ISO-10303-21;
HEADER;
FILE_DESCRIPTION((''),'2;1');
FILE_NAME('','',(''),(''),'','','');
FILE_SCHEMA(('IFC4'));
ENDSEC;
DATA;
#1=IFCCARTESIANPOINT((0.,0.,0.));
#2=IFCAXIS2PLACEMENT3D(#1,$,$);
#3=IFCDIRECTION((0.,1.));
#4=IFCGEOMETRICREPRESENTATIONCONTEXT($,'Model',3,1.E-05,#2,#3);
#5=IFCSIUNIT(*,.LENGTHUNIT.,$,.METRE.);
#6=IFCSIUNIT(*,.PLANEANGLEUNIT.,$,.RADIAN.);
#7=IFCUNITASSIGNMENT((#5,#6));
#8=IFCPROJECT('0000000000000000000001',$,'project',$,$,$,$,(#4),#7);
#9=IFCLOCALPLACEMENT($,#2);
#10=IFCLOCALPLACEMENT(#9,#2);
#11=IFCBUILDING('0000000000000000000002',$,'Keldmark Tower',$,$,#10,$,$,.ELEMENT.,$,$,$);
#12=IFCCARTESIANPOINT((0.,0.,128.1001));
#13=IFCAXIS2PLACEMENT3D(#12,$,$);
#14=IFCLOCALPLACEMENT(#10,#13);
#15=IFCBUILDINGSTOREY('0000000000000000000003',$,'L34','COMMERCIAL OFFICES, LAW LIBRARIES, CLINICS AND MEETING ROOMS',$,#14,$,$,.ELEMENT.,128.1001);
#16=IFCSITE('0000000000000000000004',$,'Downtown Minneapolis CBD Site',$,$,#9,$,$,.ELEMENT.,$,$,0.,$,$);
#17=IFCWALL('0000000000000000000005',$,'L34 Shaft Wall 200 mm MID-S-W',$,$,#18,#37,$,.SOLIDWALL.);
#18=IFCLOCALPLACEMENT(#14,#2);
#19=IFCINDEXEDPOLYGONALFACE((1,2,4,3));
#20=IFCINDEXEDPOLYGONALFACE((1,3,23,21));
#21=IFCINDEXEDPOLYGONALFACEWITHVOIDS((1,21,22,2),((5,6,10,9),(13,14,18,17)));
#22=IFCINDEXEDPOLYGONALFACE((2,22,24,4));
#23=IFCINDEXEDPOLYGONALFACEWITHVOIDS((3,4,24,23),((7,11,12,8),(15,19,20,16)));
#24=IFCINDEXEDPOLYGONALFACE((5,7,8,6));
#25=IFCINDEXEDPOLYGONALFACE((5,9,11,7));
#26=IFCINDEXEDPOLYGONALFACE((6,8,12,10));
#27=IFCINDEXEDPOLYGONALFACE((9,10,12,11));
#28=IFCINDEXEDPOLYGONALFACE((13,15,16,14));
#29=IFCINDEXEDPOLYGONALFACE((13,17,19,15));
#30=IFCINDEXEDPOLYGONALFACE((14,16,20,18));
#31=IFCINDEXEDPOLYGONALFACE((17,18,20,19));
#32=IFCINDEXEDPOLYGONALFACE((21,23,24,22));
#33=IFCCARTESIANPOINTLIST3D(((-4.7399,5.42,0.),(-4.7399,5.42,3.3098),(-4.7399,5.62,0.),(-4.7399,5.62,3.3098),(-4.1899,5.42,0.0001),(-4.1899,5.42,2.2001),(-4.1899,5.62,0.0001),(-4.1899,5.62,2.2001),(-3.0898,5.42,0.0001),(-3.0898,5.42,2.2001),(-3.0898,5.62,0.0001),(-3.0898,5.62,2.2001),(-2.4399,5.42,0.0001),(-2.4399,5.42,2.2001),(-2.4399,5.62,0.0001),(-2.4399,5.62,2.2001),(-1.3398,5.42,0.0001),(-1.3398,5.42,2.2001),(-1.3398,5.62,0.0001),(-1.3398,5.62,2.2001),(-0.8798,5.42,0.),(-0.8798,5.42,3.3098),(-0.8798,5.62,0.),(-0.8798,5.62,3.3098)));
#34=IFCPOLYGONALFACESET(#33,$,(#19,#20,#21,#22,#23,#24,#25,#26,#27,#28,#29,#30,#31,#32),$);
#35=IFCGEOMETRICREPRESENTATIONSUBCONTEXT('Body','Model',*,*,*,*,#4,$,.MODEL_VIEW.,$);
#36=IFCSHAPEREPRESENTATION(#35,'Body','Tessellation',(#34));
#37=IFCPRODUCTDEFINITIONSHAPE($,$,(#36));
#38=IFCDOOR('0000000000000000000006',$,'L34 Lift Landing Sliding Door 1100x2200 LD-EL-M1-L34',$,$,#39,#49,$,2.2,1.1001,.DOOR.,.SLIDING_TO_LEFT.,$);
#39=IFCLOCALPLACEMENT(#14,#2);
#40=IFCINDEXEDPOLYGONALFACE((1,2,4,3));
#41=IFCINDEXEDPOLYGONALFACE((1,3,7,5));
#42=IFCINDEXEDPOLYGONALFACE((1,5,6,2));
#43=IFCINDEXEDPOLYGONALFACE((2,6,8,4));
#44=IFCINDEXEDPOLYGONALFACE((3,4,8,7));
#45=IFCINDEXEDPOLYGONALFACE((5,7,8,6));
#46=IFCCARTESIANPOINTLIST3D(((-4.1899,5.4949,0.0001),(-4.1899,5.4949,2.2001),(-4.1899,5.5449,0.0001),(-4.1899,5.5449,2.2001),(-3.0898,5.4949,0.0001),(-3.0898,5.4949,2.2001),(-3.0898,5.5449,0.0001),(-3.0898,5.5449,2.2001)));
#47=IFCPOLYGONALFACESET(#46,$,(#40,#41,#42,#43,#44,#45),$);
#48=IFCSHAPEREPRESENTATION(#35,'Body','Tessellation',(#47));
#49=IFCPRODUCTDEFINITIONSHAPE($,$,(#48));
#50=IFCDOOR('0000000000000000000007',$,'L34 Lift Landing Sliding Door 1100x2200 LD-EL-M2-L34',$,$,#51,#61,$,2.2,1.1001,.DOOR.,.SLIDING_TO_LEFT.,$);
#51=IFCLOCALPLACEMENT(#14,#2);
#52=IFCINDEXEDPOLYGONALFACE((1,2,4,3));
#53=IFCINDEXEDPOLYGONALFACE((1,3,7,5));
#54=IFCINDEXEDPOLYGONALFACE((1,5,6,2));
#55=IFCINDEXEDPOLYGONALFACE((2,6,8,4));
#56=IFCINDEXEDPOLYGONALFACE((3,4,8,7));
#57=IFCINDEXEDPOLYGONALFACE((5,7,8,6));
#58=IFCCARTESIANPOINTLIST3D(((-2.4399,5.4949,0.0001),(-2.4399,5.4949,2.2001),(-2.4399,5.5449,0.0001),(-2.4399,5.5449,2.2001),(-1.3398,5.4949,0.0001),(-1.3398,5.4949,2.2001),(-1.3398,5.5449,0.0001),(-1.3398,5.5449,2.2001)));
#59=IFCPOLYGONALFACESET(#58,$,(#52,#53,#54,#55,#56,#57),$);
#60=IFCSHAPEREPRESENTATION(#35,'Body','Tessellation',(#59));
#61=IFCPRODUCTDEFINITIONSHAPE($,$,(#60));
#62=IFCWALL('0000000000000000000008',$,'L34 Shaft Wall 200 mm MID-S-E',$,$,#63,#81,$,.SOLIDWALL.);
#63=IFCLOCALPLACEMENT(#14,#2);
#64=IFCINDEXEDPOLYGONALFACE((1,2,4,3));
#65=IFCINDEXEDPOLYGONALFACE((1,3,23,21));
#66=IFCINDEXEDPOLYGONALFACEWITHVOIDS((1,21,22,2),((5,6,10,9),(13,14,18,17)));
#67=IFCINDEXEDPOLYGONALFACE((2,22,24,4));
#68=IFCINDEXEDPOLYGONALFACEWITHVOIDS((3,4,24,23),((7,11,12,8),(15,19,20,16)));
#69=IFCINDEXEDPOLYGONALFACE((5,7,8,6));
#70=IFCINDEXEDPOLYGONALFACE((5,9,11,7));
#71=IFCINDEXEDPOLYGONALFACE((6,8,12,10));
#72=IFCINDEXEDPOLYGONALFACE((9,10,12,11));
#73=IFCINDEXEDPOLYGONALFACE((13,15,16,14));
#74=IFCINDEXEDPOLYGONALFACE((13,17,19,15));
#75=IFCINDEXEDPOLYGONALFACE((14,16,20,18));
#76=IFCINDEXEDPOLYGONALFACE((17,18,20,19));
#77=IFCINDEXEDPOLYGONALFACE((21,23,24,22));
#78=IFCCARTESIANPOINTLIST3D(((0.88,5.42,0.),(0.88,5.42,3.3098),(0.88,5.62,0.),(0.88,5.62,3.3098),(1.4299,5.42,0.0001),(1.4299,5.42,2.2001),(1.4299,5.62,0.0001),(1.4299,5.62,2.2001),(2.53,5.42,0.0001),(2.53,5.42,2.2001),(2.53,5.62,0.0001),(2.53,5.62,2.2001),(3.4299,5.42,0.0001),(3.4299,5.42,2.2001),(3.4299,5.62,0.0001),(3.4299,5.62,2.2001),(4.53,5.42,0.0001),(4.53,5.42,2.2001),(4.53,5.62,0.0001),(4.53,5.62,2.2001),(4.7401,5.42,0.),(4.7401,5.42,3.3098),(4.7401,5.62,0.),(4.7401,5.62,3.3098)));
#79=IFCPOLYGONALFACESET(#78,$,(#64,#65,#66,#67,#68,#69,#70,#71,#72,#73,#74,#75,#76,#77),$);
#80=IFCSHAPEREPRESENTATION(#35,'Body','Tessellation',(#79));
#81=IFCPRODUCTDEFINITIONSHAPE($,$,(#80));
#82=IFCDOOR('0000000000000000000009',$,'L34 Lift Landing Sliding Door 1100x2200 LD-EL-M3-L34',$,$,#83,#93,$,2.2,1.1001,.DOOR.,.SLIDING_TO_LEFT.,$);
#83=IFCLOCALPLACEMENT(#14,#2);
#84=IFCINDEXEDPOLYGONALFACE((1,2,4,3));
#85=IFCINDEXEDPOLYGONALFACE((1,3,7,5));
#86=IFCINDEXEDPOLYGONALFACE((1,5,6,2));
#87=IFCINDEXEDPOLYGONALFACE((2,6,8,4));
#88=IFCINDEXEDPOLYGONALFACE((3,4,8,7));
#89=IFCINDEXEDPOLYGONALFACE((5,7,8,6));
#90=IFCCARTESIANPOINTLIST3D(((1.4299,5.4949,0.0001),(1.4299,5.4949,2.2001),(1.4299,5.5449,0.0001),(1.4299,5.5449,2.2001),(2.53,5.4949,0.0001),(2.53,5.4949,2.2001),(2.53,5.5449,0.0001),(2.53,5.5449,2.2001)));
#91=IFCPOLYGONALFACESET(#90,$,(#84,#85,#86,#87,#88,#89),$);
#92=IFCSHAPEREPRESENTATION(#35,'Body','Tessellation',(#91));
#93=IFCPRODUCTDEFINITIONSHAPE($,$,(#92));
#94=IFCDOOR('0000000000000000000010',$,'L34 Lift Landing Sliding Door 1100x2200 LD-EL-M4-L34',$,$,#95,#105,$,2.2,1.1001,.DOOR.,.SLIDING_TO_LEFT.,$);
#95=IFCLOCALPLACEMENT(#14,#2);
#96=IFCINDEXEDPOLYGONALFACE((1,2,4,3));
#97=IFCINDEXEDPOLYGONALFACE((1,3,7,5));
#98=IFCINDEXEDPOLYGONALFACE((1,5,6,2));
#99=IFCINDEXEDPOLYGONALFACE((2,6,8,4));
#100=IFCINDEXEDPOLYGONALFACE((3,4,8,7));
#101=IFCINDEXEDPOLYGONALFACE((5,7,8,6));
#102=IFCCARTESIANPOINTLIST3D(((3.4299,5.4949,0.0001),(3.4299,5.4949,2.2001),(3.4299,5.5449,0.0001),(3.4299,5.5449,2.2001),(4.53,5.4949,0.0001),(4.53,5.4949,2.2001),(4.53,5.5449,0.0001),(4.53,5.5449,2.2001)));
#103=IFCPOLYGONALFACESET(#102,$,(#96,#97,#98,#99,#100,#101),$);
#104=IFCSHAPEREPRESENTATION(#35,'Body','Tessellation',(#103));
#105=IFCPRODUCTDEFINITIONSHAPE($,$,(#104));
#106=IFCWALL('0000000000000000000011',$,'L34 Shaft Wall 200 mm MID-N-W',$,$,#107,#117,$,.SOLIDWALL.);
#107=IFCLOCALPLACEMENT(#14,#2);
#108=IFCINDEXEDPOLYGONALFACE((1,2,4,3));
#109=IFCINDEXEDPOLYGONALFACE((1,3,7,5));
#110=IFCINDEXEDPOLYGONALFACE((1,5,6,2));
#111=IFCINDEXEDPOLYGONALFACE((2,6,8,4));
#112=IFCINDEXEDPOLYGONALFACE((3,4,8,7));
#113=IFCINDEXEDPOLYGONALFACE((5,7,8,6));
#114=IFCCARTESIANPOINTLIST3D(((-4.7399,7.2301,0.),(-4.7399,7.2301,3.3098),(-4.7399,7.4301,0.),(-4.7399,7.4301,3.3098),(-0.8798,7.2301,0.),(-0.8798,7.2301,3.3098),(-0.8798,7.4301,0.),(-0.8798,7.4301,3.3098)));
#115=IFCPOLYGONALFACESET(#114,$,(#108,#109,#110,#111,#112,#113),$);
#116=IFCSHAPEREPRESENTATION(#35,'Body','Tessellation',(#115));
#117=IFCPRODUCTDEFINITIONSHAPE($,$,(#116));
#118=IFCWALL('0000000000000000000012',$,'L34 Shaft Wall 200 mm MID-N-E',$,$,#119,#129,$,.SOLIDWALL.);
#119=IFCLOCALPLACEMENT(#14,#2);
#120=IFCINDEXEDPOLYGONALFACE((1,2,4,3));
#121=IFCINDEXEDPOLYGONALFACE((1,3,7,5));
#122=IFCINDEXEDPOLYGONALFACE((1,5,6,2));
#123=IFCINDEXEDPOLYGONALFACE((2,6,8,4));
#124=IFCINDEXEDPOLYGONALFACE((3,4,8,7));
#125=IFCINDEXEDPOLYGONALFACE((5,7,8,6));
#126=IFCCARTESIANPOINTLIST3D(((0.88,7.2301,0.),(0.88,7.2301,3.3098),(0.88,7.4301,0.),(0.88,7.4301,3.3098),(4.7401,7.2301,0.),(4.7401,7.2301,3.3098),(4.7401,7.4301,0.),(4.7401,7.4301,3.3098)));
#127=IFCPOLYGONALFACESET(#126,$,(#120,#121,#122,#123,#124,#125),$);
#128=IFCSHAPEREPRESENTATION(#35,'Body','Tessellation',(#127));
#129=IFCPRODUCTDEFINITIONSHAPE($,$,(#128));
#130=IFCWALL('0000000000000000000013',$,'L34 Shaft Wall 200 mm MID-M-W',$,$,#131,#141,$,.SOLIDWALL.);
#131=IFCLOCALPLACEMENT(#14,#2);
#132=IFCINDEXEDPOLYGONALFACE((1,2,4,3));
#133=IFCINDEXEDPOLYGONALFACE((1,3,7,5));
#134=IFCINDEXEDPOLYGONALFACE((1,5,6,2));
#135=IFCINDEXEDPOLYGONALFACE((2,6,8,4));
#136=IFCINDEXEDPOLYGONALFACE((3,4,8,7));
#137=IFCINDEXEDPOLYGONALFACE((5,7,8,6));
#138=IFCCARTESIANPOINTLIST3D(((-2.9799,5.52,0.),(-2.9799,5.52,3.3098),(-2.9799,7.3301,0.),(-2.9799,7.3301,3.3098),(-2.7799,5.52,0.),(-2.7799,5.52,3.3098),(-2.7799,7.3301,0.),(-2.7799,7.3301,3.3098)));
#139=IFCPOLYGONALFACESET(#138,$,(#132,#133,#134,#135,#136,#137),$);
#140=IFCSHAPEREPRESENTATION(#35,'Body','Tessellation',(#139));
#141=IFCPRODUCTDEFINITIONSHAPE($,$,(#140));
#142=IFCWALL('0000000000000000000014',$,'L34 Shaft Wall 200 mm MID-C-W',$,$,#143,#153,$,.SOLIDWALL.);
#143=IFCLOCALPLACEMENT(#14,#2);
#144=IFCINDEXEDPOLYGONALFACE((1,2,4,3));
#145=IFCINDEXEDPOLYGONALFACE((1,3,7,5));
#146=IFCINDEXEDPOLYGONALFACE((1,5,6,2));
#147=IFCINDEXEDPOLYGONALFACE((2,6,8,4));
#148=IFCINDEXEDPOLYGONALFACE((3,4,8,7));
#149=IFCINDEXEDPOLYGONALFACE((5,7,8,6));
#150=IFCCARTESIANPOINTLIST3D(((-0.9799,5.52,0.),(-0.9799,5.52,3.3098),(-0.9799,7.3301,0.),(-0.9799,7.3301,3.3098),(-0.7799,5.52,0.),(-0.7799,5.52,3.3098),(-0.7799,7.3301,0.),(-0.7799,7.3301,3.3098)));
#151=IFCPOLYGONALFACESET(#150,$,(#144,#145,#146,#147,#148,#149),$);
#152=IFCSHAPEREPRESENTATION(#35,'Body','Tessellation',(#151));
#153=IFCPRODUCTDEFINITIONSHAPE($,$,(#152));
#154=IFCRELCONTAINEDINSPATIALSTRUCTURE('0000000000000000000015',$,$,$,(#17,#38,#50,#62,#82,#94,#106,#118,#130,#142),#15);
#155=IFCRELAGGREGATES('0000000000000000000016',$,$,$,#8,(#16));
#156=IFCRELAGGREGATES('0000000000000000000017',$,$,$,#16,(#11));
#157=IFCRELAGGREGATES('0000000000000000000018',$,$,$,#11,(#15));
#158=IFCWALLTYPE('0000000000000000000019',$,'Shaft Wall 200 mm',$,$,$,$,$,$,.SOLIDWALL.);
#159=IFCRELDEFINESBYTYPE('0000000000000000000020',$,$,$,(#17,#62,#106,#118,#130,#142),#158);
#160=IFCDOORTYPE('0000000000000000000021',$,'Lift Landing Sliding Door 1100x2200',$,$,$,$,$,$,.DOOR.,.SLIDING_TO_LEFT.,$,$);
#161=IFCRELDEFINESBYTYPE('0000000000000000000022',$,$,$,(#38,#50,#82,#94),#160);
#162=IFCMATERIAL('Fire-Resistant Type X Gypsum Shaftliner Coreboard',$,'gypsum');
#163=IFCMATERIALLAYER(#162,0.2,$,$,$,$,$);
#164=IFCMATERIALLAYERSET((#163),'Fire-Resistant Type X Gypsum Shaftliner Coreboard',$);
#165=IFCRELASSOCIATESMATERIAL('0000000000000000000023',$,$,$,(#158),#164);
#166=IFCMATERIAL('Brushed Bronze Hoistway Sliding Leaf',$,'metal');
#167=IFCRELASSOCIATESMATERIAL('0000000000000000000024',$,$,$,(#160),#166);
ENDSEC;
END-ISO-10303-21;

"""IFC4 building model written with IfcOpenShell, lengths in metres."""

from ifc_helpers import new_model, si_unit, direction, frame, frame_2d, origin, place, context, subcontext, project, spatial, rectangle, extrude, material, layer, layer_set, type_object, element, fill, save


model = new_model("IFC4")

# Units and contexts
model_context = context("Model", 3, precision=1e-05, world=origin(), true_north=direction((0.0, 1.0)))
body_context = subcontext(model_context, "Body", "Model", "MODEL_VIEW")
ifc_project = project(units=[si_unit("LENGTHUNIT", "METRE"), si_unit("PLANEANGLEUNIT", "RADIAN")], contexts=[model_context])

# Site, building, storey
site_placement = place(None, origin())
site = spatial("IfcSite", under=ifc_project, at=site_placement, Name="Downtown Minneapolis CBD Site", CompositionType="ELEMENT", RefElevation=0.0)
building_placement = place(site_placement, origin())
building = spatial("IfcBuilding", under=site, at=building_placement, Name="Keldmark Tower", CompositionType="ELEMENT")
storey_placement = place(building_placement, frame((0.0, 0.0, 128.1001)))
storey = spatial("IfcBuildingStorey", under=building, at=storey_placement, Name="L34", Description="COMMERCIAL OFFICES, LAW LIBRARIES, CLINICS AND MEETING ROOMS", CompositionType="ELEMENT", Elevation=128.1001)

# Walls, openings, doors
ifc_material_1 = material(Name="Fire-Resistant Type X Gypsum Shaftliner Coreboard", Category="gypsum")
ifc_layer_1 = layer(ifc_material_1, 0.2)
ifc_layer_set_1 = layer_set([ifc_layer_1], Name="Fire-Resistant Type X Gypsum Shaftliner Coreboard")
wall_type_1 = type_object("IfcWallType", Name="Shaft Wall 200 mm", PredefinedType="SOLIDWALL", material=ifc_layer_set_1)
wall_1_placement = place(storey_placement, frame((-4.74, 5.52, 0.0), z_axis=(0.0, 0.0, 1.0), x_axis=(1.0, 0.0, 0.0)))
wall_1 = element("IfcWall", 1, at=wall_1_placement, inside=storey, type_object=wall_type_1, Name="L34 Shaft Wall 200 mm MID-S-W", PredefinedType="SOLIDWALL", context=body_context, shape_type="SweptSolid", body=[
    extrude(rectangle(XDim=3.8601, YDim=0.2, at=frame_2d((1.9302, 0.0))), origin(), (0.0, 0.0, 1.0), 3.3098),
])
opening_1_placement = place(wall_1_placement, frame((0.55, 0.0, 0.0)))
opening_1 = element("IfcOpeningElement", 2, at=opening_1_placement, cuts=wall_1, PredefinedType="OPENING", context=body_context, shape_type="SweptSolid", body=[
    extrude(rectangle(XDim=1.1001, YDim=2.2, at=frame_2d((0.55, 1.1001))), frame((0.0, 0.1099, 0.0), z_axis=(0.0, -1.0, 0.0), x_axis=(1.0, 0.0, 0.0)), (0.0, 0.0, 1.0), 0.22),
])
opening_2_placement = place(wall_1_placement, frame((2.3, 0.0, 0.0)))
opening_2 = element("IfcOpeningElement", 3, at=opening_2_placement, cuts=wall_1, PredefinedType="OPENING", context=body_context, shape_type="SweptSolid", body=[
    extrude(rectangle(XDim=1.1001, YDim=2.2, at=frame_2d((0.55, 1.1001))), frame((0.0, 0.1099, 0.0), z_axis=(0.0, -1.0, 0.0), x_axis=(1.0, 0.0, 0.0)), (0.0, 0.0, 1.0), 0.22),
])
ifc_material_2 = material(Name="Brushed Bronze Hoistway Sliding Leaf", Category="metal")
door_type_1 = type_object("IfcDoorType", Name="Lift Landing Sliding Door 1100x2200", OperationType="SLIDING_TO_LEFT", PredefinedType="DOOR", material=ifc_material_2)
door_1_placement = place(opening_1_placement, origin())
door_1 = element("IfcDoor", 4, at=door_1_placement, inside=storey, type_object=door_type_1, Name="L34 Lift Landing Sliding Door 1100x2200 LD-EL-M1-L34", OperationType="SLIDING_TO_LEFT", OverallHeight=2.2, OverallWidth=1.1001, PredefinedType="DOOR", context=body_context, shape_type="SweptSolid", body=[
    extrude(rectangle(XDim=1.1001, YDim=2.2, at=frame_2d((0.55, 1.1001))), frame((0.0, 0.0249, 0.0), z_axis=(0.0, -1.0, 0.0), x_axis=(1.0, 0.0, 0.0)), (0.0, 0.0, 1.0), 0.05),
])
fill(opening_1, door_1)
door_2_placement = place(opening_2_placement, origin())
door_2 = element("IfcDoor", 5, at=door_2_placement, inside=storey, type_object=door_type_1, Name="L34 Lift Landing Sliding Door 1100x2200 LD-EL-M2-L34", OperationType="SLIDING_TO_LEFT", OverallHeight=2.2, OverallWidth=1.1001, PredefinedType="DOOR", context=body_context, shape_type="SweptSolid", body=[
    extrude(rectangle(XDim=1.1001, YDim=2.2, at=frame_2d((0.55, 1.1001))), frame((0.0, 0.0249, 0.0), z_axis=(0.0, -1.0, 0.0), x_axis=(1.0, 0.0, 0.0)), (0.0, 0.0, 1.0), 0.05),
])
fill(opening_2, door_2)
wall_2_placement = place(storey_placement, frame((0.8799, 5.52, 0.0), z_axis=(0.0, 0.0, 1.0), x_axis=(1.0, 0.0, 0.0)))
wall_2 = element("IfcWall", 6, at=wall_2_placement, inside=storey, type_object=wall_type_1, Name="L34 Shaft Wall 200 mm MID-S-E", PredefinedType="SOLIDWALL", context=body_context, shape_type="SweptSolid", body=[
    extrude(rectangle(XDim=3.8601, YDim=0.2, at=frame_2d((1.9302, 0.0))), origin(), (0.0, 0.0, 1.0), 3.3098),
])
opening_3_placement = place(wall_2_placement, frame((0.55, 0.0, 0.0)))
opening_3 = element("IfcOpeningElement", 7, at=opening_3_placement, cuts=wall_2, PredefinedType="OPENING", context=body_context, shape_type="SweptSolid", body=[
    extrude(rectangle(XDim=1.1001, YDim=2.2, at=frame_2d((0.55, 1.1001))), frame((0.0, 0.1099, 0.0), z_axis=(0.0, -1.0, 0.0), x_axis=(1.0, 0.0, 0.0)), (0.0, 0.0, 1.0), 0.22),
])
opening_4_placement = place(wall_2_placement, frame((2.55, 0.0, 0.0)))
opening_4 = element("IfcOpeningElement", 8, at=opening_4_placement, cuts=wall_2, PredefinedType="OPENING", context=body_context, shape_type="SweptSolid", body=[
    extrude(rectangle(XDim=1.1001, YDim=2.2, at=frame_2d((0.55, 1.1001))), frame((0.0, 0.1099, 0.0), z_axis=(0.0, -1.0, 0.0), x_axis=(1.0, 0.0, 0.0)), (0.0, 0.0, 1.0), 0.22),
])
door_3_placement = place(opening_3_placement, origin())
door_3 = element("IfcDoor", 9, at=door_3_placement, inside=storey, type_object=door_type_1, Name="L34 Lift Landing Sliding Door 1100x2200 LD-EL-M3-L34", OperationType="SLIDING_TO_LEFT", OverallHeight=2.2, OverallWidth=1.1001, PredefinedType="DOOR", context=body_context, shape_type="SweptSolid", body=[
    extrude(rectangle(XDim=1.1001, YDim=2.2, at=frame_2d((0.55, 1.1001))), frame((0.0, 0.0249, 0.0), z_axis=(0.0, -1.0, 0.0), x_axis=(1.0, 0.0, 0.0)), (0.0, 0.0, 1.0), 0.05),
])
fill(opening_3, door_3)
door_4_placement = place(opening_4_placement, origin())
door_4 = element("IfcDoor", 10, at=door_4_placement, inside=storey, type_object=door_type_1, Name="L34 Lift Landing Sliding Door 1100x2200 LD-EL-M4-L34", OperationType="SLIDING_TO_LEFT", OverallHeight=2.2, OverallWidth=1.1001, PredefinedType="DOOR", context=body_context, shape_type="SweptSolid", body=[
    extrude(rectangle(XDim=1.1001, YDim=2.2, at=frame_2d((0.55, 1.1001))), frame((0.0, 0.0249, 0.0), z_axis=(0.0, -1.0, 0.0), x_axis=(1.0, 0.0, 0.0)), (0.0, 0.0, 1.0), 0.05),
])
fill(opening_4, door_4)

# Walls
for number, where, z_axis, x_axis, name in (
    (11, (-4.74, 7.3301, 0.0), (0.0, 0.0, 1.0), (1.0, 0.0, 0.0), "L34 Shaft Wall 200 mm MID-N-W"),
    (12, (0.8799, 7.3301, 0.0), (0.0, 0.0, 1.0), (1.0, 0.0, 0.0), "L34 Shaft Wall 200 mm MID-N-E"),
):
    element("IfcWall", number, at=place(storey_placement, frame(where, z_axis=z_axis, x_axis=x_axis)), inside=storey, type_object=wall_type_1, Name=name, PredefinedType="SOLIDWALL", context=body_context, shape_type="SweptSolid", body=[
        extrude(rectangle(XDim=3.8601, YDim=0.2, at=frame_2d((1.9302, 0.0))), origin(), (0.0, 0.0, 1.0), 3.3098),
    ])
for number, where, z_axis, x_axis, name in (
    (13, (-2.8799, 5.52, 0.0), (0.0, 0.0, 1.0), (0.0, 1.0, 0.0), "L34 Shaft Wall 200 mm MID-M-W"),
    (14, (-0.8799, 5.52, 0.0), (0.0, 0.0, 1.0), (0.0, 1.0, 0.0), "L34 Shaft Wall 200 mm MID-C-W"),
):
    element("IfcWall", number, at=place(storey_placement, frame(where, z_axis=z_axis, x_axis=x_axis)), inside=storey, type_object=wall_type_1, Name=name, PredefinedType="SOLIDWALL", context=body_context, shape_type="SweptSolid", body=[
        extrude(rectangle(XDim=1.8101, YDim=0.2, at=frame_2d((0.905, 0.0))), origin(), (0.0, 0.0, 1.0), 3.3098),
    ])

save(model, "model.ifc")
